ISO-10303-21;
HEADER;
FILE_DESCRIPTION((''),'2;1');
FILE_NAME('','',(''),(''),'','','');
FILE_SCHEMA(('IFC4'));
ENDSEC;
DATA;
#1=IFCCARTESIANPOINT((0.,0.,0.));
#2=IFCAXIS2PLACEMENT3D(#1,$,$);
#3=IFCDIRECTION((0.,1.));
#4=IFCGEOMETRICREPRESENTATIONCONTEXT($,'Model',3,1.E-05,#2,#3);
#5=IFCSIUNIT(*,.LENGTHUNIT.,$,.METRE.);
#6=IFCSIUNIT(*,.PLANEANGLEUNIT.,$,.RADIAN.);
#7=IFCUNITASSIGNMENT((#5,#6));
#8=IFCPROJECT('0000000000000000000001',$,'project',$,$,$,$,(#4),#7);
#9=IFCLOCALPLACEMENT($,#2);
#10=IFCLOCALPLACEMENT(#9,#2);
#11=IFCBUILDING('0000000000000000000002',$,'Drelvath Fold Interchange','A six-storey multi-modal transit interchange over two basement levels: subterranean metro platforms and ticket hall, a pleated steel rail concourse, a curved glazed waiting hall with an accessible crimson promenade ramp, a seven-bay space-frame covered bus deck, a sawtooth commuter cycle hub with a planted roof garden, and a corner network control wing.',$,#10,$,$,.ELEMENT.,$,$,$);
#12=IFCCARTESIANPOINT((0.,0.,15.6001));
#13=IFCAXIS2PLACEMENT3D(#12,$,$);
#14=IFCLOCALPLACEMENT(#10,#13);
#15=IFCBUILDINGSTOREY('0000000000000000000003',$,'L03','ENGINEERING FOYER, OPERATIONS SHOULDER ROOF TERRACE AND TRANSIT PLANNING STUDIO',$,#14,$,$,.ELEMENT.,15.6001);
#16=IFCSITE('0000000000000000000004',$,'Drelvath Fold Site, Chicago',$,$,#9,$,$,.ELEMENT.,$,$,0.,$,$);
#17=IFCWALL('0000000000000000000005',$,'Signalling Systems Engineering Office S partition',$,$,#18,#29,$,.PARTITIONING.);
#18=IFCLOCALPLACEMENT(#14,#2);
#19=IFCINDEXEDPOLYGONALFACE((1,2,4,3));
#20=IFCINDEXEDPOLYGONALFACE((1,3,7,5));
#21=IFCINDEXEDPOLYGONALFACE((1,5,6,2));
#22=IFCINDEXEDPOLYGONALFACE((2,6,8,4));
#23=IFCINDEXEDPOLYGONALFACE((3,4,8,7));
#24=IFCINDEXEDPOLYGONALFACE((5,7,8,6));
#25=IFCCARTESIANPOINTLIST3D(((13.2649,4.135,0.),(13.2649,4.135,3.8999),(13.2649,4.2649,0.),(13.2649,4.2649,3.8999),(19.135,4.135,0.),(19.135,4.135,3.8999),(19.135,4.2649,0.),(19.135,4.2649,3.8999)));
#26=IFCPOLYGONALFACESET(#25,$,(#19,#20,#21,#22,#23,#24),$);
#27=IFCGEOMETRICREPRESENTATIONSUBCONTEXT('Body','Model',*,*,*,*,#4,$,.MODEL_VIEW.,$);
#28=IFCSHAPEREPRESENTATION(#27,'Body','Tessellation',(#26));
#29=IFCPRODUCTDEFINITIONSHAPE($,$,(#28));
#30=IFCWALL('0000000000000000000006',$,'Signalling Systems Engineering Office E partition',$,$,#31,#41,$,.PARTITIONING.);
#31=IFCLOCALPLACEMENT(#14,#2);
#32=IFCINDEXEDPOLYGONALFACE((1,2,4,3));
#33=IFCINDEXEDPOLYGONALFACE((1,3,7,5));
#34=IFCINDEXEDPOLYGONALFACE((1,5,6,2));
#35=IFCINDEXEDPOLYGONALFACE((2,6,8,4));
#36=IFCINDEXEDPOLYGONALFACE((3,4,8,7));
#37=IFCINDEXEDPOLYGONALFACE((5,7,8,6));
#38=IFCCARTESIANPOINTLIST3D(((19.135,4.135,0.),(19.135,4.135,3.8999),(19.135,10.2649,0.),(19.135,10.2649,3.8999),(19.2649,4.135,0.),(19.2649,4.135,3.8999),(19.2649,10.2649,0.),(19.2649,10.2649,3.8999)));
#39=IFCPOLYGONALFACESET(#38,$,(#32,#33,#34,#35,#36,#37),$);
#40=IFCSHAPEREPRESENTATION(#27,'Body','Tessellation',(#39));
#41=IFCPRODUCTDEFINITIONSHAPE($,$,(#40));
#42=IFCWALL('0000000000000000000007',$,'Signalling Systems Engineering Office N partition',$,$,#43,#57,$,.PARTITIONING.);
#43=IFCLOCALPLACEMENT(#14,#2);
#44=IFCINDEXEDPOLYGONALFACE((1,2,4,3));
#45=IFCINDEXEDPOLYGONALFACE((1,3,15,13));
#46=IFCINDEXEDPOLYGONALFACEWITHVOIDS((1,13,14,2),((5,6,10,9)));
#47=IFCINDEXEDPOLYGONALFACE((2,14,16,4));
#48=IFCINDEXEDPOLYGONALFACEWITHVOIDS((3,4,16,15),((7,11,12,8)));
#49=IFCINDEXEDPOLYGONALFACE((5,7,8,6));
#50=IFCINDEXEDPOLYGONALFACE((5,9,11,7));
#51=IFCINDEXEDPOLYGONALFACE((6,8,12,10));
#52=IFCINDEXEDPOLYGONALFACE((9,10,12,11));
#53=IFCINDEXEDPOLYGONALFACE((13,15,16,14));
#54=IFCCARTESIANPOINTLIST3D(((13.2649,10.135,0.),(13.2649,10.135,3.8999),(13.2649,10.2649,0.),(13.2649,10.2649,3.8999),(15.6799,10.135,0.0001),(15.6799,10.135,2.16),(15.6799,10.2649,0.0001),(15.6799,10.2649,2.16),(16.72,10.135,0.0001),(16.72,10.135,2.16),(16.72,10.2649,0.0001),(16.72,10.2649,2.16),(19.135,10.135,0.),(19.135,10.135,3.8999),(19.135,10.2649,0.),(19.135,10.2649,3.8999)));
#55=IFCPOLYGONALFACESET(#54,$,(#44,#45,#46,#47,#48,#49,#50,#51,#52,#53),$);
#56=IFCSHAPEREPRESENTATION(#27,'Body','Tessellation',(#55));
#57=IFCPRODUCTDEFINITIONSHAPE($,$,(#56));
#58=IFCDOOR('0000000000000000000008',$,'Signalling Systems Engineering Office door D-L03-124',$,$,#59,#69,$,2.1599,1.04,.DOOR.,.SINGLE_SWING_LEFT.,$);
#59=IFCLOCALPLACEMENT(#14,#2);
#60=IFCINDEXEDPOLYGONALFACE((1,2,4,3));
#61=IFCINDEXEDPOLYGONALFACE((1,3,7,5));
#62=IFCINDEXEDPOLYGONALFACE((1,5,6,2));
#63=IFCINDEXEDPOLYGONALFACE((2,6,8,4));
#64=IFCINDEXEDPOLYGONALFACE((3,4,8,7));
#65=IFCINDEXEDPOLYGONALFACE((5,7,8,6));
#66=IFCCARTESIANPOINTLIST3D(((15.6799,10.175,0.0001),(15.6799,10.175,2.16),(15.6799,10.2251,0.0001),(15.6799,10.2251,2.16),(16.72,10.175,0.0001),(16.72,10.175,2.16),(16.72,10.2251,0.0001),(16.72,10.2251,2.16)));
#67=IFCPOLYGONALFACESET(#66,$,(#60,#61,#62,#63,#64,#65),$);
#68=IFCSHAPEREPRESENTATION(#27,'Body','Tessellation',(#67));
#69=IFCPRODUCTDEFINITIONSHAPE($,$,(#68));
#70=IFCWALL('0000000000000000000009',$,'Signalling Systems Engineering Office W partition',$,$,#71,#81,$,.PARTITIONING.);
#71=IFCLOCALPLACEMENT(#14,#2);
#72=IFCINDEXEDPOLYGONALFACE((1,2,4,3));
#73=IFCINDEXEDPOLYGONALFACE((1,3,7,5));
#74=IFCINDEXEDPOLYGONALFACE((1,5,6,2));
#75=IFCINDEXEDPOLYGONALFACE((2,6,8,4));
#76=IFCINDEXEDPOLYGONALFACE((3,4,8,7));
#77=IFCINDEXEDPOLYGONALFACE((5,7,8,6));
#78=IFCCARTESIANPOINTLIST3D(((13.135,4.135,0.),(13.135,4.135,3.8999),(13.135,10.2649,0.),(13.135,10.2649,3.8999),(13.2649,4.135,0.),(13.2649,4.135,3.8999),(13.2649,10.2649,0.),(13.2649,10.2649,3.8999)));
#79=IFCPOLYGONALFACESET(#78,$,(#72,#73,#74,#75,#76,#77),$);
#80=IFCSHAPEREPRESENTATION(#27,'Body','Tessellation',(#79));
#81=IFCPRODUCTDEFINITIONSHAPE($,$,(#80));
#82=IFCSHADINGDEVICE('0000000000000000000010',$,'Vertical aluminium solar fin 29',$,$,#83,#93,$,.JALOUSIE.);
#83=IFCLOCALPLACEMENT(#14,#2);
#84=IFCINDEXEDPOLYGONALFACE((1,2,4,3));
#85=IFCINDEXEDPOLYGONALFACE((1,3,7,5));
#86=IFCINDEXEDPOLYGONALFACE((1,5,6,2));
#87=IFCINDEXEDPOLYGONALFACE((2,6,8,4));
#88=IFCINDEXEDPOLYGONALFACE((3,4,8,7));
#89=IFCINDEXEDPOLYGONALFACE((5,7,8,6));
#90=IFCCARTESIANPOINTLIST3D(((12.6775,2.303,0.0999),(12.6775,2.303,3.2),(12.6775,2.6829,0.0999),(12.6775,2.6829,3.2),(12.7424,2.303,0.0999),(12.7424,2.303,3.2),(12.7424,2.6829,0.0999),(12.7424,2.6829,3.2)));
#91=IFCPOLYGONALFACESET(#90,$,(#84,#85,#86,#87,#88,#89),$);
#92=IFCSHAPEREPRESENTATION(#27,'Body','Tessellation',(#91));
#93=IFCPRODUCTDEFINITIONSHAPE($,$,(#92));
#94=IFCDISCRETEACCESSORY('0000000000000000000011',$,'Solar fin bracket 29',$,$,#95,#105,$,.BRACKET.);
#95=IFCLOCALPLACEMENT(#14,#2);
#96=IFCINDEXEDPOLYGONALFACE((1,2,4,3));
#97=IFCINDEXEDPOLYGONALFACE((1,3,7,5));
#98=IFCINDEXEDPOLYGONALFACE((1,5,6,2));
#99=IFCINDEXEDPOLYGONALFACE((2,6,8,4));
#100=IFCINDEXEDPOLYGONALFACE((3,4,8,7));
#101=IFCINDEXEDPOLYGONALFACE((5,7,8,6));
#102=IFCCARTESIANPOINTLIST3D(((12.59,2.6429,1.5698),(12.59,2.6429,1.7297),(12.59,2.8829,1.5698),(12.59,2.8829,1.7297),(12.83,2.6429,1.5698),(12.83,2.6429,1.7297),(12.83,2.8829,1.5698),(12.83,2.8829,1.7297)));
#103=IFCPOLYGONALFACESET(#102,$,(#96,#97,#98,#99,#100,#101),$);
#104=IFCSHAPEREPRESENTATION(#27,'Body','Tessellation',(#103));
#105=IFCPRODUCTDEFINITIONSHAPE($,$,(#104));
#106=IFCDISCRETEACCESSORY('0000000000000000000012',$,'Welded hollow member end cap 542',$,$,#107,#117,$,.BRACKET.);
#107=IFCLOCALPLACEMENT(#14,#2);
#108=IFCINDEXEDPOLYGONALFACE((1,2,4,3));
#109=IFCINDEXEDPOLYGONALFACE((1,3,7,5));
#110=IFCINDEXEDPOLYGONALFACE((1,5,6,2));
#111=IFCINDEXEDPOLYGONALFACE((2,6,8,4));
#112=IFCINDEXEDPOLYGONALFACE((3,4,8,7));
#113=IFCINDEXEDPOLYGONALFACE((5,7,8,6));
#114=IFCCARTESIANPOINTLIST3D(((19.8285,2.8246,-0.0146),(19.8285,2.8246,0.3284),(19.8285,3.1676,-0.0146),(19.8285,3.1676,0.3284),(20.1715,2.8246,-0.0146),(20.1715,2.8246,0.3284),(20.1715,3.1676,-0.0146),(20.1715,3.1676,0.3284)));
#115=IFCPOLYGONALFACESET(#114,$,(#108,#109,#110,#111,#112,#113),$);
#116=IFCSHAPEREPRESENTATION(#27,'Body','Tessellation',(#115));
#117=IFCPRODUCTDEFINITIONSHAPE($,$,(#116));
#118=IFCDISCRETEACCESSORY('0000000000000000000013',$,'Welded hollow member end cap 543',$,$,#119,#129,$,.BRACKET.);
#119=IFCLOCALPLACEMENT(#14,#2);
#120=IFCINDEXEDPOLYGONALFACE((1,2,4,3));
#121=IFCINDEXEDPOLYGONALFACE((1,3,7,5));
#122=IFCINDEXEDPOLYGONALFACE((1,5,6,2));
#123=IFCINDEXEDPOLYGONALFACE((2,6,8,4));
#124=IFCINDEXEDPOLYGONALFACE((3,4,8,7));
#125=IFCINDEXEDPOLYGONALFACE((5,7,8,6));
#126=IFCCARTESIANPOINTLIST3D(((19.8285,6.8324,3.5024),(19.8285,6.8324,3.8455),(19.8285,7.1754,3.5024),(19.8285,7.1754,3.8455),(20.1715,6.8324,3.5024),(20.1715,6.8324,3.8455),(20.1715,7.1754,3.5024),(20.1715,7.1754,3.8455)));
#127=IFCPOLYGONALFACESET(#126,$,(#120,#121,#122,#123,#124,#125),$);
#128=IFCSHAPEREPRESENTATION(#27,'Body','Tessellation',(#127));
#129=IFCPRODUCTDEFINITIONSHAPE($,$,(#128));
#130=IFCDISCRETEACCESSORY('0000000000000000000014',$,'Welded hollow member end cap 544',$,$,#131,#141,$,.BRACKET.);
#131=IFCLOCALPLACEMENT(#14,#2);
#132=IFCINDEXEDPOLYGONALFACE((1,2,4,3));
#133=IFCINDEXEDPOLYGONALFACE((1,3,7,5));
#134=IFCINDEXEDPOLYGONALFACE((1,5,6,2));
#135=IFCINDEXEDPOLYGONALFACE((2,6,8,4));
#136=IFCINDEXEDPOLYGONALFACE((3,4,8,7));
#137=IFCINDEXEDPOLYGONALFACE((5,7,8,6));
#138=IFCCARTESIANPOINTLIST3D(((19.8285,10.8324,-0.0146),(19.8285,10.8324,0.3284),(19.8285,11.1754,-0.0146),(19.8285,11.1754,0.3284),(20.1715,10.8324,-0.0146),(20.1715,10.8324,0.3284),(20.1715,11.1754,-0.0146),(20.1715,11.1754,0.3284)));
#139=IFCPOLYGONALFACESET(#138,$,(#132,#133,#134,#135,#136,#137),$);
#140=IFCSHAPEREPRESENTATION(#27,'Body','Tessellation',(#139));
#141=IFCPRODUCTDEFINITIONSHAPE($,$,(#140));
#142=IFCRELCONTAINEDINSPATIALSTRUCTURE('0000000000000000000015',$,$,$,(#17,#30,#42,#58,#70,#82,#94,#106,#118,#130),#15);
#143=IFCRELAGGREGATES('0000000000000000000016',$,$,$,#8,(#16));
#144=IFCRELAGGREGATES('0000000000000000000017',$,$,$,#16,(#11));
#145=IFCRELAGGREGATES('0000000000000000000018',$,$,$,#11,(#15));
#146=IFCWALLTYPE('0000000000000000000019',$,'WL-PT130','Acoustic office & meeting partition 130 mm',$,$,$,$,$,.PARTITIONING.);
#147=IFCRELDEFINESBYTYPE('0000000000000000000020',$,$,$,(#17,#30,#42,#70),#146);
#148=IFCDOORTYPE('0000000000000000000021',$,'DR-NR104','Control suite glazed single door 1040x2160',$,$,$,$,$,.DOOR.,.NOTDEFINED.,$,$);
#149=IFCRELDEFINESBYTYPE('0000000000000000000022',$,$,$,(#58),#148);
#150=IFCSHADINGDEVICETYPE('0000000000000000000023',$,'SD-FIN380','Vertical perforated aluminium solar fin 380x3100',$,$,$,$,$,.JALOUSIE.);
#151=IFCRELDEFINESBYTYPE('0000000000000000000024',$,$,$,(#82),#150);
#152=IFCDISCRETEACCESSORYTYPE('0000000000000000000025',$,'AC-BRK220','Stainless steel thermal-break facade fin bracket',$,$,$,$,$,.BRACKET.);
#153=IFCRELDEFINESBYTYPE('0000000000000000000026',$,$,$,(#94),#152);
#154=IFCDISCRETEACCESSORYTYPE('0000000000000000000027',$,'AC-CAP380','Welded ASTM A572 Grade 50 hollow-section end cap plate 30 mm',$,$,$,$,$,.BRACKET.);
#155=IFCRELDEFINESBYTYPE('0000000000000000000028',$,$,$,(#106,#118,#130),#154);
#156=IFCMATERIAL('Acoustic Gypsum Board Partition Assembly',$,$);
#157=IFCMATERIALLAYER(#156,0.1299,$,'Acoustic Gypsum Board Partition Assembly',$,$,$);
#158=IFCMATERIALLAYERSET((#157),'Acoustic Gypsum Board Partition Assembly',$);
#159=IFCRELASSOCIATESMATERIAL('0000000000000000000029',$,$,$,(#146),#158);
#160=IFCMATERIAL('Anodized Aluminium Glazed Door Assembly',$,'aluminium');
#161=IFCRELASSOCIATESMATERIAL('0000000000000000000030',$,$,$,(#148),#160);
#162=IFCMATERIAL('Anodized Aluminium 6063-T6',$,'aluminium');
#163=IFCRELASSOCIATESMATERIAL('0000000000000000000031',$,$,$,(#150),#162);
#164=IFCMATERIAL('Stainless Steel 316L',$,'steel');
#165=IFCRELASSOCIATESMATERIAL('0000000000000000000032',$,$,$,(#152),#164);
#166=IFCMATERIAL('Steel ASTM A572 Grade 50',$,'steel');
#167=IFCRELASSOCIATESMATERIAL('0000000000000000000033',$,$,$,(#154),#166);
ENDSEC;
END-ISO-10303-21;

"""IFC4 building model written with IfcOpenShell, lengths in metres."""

from ifc_helpers import new_model, si_unit, direction, frame, frame_2d, origin, origin_2d, place, context, subcontext, project, spatial, rectangle, extrude, material, layer, layer_set, type_object, element, fill, save


model = new_model("IFC4")

# Units and contexts
model_context = context("Model", 3, precision=1e-05, world=origin(), true_north=direction((0.0, 1.0)))
body_context = subcontext(model_context, "Body", "Model", "MODEL_VIEW")
ifc_project = project(units=[si_unit("LENGTHUNIT", "METRE"), si_unit("PLANEANGLEUNIT", "RADIAN")], contexts=[model_context])

# Site, building, storey
site_placement = place(None, origin())
site = spatial("IfcSite", under=ifc_project, at=site_placement, Name="Drelvath Fold Site, Chicago", CompositionType="ELEMENT", RefElevation=0.0)
building_placement = place(site_placement, origin())
building = spatial("IfcBuilding", under=site, at=building_placement, Name="Drelvath Fold Interchange", Description="A six-storey multi-modal transit interchange over two basement levels: subterranean metro platforms and ticket hall, a pleated steel rail concourse, a curved glazed waiting hall with an accessible crimson promenade ramp, a seven-bay space-frame covered bus deck, a sawtooth commuter cycle hub with a planted roof garden, and a corner network control wing.", CompositionType="ELEMENT")
storey_placement = place(building_placement, frame((0.0, 0.0, 15.6001)))
storey = spatial("IfcBuildingStorey", under=building, at=storey_placement, Name="L03", Description="ENGINEERING FOYER, OPERATIONS SHOULDER ROOF TERRACE AND TRANSIT PLANNING STUDIO", CompositionType="ELEMENT", Elevation=15.6001)

# Shared definitions
ifc_material_1 = material(Name="Steel ASTM A572 Grade 50", Category="steel")

# Walls
ifc_material_2 = material(Name="Acoustic Gypsum Board Partition Assembly")
ifc_layer_1 = layer(ifc_material_2, 0.1299, Name="Acoustic Gypsum Board Partition Assembly")
ifc_layer_set_1 = layer_set([ifc_layer_1], Name="Acoustic Gypsum Board Partition Assembly")
wall_type_1 = type_object("IfcWallType", Name="WL-PT130", Description="Acoustic office & meeting partition 130 mm", PredefinedType="PARTITIONING", material=ifc_layer_set_1)
wall_1_placement = place(storey_placement, frame((13.2649, 4.2, 0.0), z_axis=(0.0, 0.0, 1.0), x_axis=(1.0, 0.0, 0.0)))
element("IfcWall", 1, at=wall_1_placement, inside=storey, type_object=wall_type_1, Name="Signalling Systems Engineering Office S partition", PredefinedType="PARTITIONING", context=body_context, shape_type="SweptSolid", body=[
    extrude(rectangle(XDim=5.8701, YDim=0.1299, at=frame_2d((2.9351, 0.0))), origin(), (0.0, 0.0, 1.0), 3.8999),
])
wall_2_placement = place(storey_placement, frame((19.2, 4.135, 0.0), z_axis=(0.0, 0.0, 1.0), x_axis=(0.0, 1.0, 0.0)))
element("IfcWall", 2, at=wall_2_placement, inside=storey, type_object=wall_type_1, Name="Signalling Systems Engineering Office E partition", PredefinedType="PARTITIONING", context=body_context, shape_type="SweptSolid", body=[
    extrude(rectangle(XDim=6.1299, YDim=0.1299, at=frame_2d((3.0649, 0.0))), origin(), (0.0, 0.0, 1.0), 3.8999),
])

# Wall, opening, door
wall_3_placement = place(storey_placement, frame((19.135, 10.2, 0.0), z_axis=(0.0, 0.0, 1.0), x_axis=(-1.0, 0.0, 0.0)))
wall_3 = element("IfcWall", 3, at=wall_3_placement, inside=storey, type_object=wall_type_1, Name="Signalling Systems Engineering Office N partition", PredefinedType="PARTITIONING", context=body_context, shape_type="SweptSolid", body=[
    extrude(rectangle(XDim=5.8701, YDim=0.1299, at=frame_2d((2.9351, 0.0))), origin(), (0.0, 0.0, 1.0), 3.8999),
])
opening_placement = place(wall_3_placement, frame((2.415, 0.0, 0.0)))
opening = element("IfcOpeningElement", 4, at=opening_placement, cuts=wall_3, PredefinedType="OPENING", context=body_context, shape_type="SweptSolid", body=[
    extrude(rectangle(XDim=1.04, YDim=2.1599, at=frame_2d((0.52, 1.0801))), frame((0.0, 0.075, 0.0), z_axis=(0.0, -1.0, 0.0), x_axis=(1.0, 0.0, 0.0)), (0.0, 0.0, 1.0), 0.1499),
])
ifc_material_3 = material(Name="Anodized Aluminium Glazed Door Assembly", Category="aluminium")
door_type = type_object("IfcDoorType", Name="DR-NR104", Description="Control suite glazed single door 1040x2160", OperationType="NOTDEFINED", PredefinedType="DOOR", material=ifc_material_3)
door_placement = place(opening_placement, origin())
door = element("IfcDoor", 5, at=door_placement, inside=storey, type_object=door_type, Name="Signalling Systems Engineering Office door D-L03-124", OperationType="SINGLE_SWING_LEFT", OverallHeight=2.1599, OverallWidth=1.04, PredefinedType="DOOR", context=body_context, shape_type="SweptSolid", body=[
    extrude(rectangle(XDim=1.04, YDim=2.1599, at=frame_2d((0.52, 1.0801))), frame((0.0, 0.0249, 0.0), z_axis=(0.0, -1.0, 0.0), x_axis=(1.0, 0.0, 0.0)), (0.0, 0.0, 1.0), 0.05),
])
fill(opening, door)

# Wall
wall_4_placement = place(storey_placement, frame((13.2, 10.2649, 0.0), z_axis=(0.0, 0.0, 1.0), x_axis=(0.0, -1.0, 0.0)))
element("IfcWall", 6, at=wall_4_placement, inside=storey, type_object=wall_type_1, Name="Signalling Systems Engineering Office W partition", PredefinedType="PARTITIONING", context=body_context, shape_type="SweptSolid", body=[
    extrude(rectangle(XDim=6.1299, YDim=0.1299, at=frame_2d((3.0649, 0.0))), origin(), (0.0, 0.0, 1.0), 3.8999),
])

# Shading device
ifc_material_4 = material(Name="Anodized Aluminium 6063-T6", Category="aluminium")
shading_device_type = type_object("IfcShadingDeviceType", Name="SD-FIN380", Description="Vertical perforated aluminium solar fin 380x3100", PredefinedType="JALOUSIE", material=ifc_material_4)
shading_device_placement = place(storey_placement, frame((12.71, 2.4929, 0.0999), z_axis=(0.0, 0.0, 1.0), x_axis=(0.0, 1.0, 0.0)))
element("IfcShadingDevice", 7, at=shading_device_placement, inside=storey, type_object=shading_device_type, Name="Vertical aluminium solar fin 29", PredefinedType="JALOUSIE", context=body_context, shape_type="SweptSolid", body=[
    extrude(rectangle(XDim=0.3799, YDim=0.0649, at=origin_2d()), origin(), (0.0, 0.0, 1.0), 3.1001),
])

# Discrete accessories
ifc_material_5 = material(Name="Stainless Steel 316L", Category="steel")
discrete_accessory_type_1 = type_object("IfcDiscreteAccessoryType", Name="AC-BRK220", Description="Stainless steel thermal-break facade fin bracket", PredefinedType="BRACKET", material=ifc_material_5)
discrete_accessory_placement = place(storey_placement, frame((12.71, 2.7629, 1.5698), z_axis=(0.0, 0.0, 1.0), x_axis=(0.0, 1.0, 0.0)))
element("IfcDiscreteAccessory", 8, at=discrete_accessory_placement, inside=storey, type_object=discrete_accessory_type_1, Name="Solar fin bracket 29", PredefinedType="BRACKET", context=body_context, shape_type="SweptSolid", body=[
    extrude(rectangle(XDim=0.24, YDim=0.24, at=origin_2d()), origin(), (0.0, 0.0, 1.0), 0.1599),
])
discrete_accessory_type_2 = type_object("IfcDiscreteAccessoryType", Name="AC-CAP380", Description="Welded ASTM A572 Grade 50 hollow-section end cap plate 30 mm", PredefinedType="BRACKET", material=ifc_material_1)
for number, where, z_axis, x_axis, name in (
    (9, (20.0, 2.9961, -0.0146), (0.0, 0.0, 1.0), (1.0, 0.0, 0.0), "Welded hollow member end cap 542"),
    (10, (20.0, 7.0039, 3.5024), (0.0, 0.0, 1.0), (1.0, 0.0, 0.0), "Welded hollow member end cap 543"),
    (11, (20.0, 11.0039, -0.0146), (0.0, 0.0, 1.0), (1.0, 0.0, 0.0), "Welded hollow member end cap 544"),
):
    element("IfcDiscreteAccessory", number, at=place(storey_placement, frame(where, z_axis=z_axis, x_axis=x_axis)), inside=storey, type_object=discrete_accessory_type_2, Name=name, PredefinedType="BRACKET", context=body_context, shape_type="SweptSolid", body=[
        extrude(rectangle(XDim=0.343, YDim=0.343, at=origin_2d()), origin(), (0.0, 0.0, 1.0), 0.343),
    ])

save(model, "model.ifc")
